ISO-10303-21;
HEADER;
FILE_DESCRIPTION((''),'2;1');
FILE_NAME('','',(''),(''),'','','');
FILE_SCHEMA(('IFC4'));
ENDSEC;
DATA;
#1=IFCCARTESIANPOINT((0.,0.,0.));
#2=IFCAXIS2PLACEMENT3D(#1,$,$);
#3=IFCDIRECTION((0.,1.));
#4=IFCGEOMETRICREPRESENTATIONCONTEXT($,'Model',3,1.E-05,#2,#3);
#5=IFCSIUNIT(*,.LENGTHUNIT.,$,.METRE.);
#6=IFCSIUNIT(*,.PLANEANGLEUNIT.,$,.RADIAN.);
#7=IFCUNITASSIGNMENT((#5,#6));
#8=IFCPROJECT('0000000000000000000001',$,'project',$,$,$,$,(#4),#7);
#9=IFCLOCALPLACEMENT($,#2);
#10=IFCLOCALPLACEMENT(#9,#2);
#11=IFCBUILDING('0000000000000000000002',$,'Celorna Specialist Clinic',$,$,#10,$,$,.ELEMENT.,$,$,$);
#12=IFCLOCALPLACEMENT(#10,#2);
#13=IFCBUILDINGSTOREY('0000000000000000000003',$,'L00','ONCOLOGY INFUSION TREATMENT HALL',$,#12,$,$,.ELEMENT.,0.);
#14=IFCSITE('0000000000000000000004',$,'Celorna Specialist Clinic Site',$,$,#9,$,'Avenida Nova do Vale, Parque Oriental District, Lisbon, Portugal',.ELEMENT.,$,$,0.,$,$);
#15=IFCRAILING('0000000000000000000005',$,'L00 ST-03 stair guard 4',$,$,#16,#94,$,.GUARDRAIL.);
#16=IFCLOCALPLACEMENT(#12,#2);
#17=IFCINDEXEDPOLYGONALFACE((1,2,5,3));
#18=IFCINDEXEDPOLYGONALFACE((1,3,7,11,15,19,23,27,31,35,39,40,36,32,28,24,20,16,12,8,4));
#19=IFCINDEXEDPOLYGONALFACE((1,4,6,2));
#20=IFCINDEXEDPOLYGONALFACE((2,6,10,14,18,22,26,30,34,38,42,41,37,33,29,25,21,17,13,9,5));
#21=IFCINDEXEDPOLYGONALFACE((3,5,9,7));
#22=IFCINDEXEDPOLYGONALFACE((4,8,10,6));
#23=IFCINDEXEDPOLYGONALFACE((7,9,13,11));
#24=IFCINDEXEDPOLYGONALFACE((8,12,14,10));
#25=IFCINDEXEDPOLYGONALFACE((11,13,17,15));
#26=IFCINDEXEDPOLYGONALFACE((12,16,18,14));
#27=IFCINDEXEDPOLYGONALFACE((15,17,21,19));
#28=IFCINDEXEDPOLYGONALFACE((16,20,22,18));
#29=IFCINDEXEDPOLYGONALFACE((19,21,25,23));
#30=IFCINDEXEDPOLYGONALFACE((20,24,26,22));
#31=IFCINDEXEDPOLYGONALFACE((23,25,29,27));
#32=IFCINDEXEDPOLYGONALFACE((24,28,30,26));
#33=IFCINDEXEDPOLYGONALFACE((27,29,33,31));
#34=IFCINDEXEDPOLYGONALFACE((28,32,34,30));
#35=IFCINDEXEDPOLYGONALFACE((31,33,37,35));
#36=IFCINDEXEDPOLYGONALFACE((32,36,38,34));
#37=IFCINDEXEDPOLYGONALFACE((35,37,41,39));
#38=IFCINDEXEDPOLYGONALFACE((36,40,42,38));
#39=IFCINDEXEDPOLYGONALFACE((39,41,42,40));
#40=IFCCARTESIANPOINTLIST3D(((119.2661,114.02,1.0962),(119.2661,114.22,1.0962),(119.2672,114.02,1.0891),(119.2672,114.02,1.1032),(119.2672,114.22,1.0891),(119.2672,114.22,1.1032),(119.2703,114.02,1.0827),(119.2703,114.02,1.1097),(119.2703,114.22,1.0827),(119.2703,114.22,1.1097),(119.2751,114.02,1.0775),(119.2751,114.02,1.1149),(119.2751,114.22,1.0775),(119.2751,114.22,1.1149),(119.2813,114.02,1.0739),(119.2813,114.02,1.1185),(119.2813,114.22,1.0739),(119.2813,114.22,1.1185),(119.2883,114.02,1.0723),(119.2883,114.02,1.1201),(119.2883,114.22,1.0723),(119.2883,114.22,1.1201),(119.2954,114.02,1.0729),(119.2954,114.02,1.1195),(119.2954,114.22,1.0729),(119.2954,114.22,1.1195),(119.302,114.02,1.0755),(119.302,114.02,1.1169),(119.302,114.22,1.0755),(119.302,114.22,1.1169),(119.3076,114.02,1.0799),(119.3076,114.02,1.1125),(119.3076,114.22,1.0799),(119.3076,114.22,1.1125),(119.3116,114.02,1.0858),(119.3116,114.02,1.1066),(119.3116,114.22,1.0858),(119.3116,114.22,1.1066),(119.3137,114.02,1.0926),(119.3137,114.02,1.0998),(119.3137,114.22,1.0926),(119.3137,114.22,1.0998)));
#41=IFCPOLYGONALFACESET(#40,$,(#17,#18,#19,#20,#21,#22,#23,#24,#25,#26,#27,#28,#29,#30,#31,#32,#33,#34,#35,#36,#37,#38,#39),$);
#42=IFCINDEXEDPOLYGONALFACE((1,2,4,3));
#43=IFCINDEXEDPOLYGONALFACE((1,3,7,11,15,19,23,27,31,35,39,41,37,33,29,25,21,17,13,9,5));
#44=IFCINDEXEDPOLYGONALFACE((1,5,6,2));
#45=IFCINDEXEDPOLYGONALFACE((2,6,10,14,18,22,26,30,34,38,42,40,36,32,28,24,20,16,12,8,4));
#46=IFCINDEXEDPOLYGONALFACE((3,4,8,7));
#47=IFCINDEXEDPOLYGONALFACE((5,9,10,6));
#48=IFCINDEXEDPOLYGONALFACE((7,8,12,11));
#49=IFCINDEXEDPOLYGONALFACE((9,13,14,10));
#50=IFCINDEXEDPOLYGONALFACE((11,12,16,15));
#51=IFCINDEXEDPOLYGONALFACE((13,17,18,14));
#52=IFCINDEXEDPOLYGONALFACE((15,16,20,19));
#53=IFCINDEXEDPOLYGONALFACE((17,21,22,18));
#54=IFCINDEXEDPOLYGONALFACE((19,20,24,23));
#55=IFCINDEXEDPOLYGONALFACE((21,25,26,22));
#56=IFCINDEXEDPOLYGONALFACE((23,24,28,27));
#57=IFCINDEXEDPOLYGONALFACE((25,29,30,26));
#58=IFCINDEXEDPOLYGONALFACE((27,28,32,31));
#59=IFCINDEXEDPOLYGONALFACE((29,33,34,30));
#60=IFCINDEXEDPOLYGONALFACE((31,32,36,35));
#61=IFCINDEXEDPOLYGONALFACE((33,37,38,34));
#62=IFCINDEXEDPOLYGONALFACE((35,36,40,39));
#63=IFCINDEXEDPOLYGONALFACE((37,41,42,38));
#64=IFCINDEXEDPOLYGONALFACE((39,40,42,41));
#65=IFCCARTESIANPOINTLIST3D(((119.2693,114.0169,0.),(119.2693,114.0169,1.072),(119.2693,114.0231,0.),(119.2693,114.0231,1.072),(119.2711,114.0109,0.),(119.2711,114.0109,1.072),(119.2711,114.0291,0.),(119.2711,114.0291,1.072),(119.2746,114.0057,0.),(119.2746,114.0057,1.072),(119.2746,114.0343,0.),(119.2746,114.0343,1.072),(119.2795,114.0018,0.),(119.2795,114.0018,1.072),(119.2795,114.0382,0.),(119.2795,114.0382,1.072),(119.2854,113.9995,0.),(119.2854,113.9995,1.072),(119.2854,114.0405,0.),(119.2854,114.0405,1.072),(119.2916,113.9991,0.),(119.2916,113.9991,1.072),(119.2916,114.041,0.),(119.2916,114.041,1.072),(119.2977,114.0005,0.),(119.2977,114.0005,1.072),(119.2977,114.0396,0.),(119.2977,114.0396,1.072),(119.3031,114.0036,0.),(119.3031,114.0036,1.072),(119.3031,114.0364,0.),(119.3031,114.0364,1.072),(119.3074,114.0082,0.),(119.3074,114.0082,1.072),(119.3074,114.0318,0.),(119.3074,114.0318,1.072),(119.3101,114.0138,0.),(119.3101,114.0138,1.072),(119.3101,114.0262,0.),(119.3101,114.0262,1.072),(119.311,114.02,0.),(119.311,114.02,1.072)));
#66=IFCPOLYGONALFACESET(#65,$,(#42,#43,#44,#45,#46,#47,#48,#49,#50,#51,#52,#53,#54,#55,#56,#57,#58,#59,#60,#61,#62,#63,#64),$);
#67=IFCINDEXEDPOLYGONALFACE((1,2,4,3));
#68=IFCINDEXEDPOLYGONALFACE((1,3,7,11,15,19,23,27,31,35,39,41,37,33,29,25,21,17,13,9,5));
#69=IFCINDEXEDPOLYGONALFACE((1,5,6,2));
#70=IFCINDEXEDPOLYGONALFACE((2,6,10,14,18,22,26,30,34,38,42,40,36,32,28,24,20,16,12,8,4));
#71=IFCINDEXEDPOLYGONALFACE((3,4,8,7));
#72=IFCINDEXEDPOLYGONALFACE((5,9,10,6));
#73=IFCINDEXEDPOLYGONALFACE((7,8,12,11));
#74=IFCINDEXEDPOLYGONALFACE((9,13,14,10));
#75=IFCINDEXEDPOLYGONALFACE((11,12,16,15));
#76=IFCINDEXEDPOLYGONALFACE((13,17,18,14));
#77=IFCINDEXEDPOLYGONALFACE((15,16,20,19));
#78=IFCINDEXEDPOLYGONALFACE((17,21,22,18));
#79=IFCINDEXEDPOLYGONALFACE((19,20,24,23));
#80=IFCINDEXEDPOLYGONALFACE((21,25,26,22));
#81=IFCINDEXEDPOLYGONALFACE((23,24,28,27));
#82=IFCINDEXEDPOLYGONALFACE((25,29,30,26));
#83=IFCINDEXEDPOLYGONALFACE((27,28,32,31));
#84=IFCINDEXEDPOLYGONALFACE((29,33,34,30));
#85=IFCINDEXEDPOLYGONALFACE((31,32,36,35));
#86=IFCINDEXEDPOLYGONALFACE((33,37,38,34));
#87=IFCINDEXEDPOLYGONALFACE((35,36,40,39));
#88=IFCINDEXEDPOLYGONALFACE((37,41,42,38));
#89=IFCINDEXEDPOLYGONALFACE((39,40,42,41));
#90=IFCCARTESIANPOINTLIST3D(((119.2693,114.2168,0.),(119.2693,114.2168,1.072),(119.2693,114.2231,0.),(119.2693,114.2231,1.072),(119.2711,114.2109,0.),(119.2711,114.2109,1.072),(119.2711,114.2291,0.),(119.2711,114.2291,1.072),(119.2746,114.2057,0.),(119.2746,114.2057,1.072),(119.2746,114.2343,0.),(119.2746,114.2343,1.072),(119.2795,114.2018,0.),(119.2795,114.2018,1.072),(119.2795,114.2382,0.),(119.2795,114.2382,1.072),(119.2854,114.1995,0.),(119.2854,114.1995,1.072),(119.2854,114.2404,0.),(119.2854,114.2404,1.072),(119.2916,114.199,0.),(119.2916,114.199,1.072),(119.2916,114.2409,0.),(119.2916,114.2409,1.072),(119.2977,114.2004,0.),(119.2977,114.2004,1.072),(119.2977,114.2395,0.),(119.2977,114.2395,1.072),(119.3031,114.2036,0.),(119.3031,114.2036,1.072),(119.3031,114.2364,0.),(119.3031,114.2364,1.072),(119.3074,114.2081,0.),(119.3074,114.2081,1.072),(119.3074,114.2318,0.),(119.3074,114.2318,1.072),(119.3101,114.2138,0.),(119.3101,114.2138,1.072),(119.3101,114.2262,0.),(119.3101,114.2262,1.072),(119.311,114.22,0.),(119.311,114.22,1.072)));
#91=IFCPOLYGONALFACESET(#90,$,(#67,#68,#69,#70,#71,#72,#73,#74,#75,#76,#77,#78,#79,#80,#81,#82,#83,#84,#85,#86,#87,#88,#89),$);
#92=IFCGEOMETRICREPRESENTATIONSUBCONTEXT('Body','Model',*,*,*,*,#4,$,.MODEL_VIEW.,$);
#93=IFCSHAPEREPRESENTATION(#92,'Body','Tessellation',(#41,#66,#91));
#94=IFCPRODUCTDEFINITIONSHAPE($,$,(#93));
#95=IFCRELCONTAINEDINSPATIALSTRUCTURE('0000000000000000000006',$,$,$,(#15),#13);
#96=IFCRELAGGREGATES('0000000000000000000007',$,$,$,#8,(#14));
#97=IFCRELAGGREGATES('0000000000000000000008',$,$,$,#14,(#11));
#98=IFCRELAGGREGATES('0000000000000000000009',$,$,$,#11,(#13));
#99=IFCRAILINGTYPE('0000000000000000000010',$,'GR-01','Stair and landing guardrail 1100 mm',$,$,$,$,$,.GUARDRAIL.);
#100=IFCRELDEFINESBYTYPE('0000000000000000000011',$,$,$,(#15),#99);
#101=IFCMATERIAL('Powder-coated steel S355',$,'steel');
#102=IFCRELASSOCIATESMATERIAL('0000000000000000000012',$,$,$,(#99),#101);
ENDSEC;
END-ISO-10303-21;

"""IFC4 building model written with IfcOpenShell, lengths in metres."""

from ifc_helpers import new_model, si_unit, direction, frame, origin, origin_2d, place, context, subcontext, project, spatial, circle, extrude, material, type_object, element, save


model = new_model("IFC4")

# Units and contexts
model_context = context("Model", 3, precision=1e-05, world=origin(), true_north=direction((0.0, 1.0)))
body_context = subcontext(model_context, "Body", "Model", "MODEL_VIEW")
ifc_project = project(units=[si_unit("LENGTHUNIT", "METRE"), si_unit("PLANEANGLEUNIT", "RADIAN")], contexts=[model_context])

# Site, building, storey
site_placement = place(None, origin())
site = spatial("IfcSite", under=ifc_project, at=site_placement, Name="Celorna Specialist Clinic Site", LongName="Avenida Nova do Vale, Parque Oriental District, Lisbon, Portugal", CompositionType="ELEMENT", RefElevation=0.0)
building_placement = place(site_placement, origin())
building = spatial("IfcBuilding", under=site, at=building_placement, Name="Celorna Specialist Clinic", CompositionType="ELEMENT")
storey_placement = place(building_placement, origin())
storey = spatial("IfcBuildingStorey", under=building, at=storey_placement, Name="L00", Description="ONCOLOGY INFUSION TREATMENT HALL", CompositionType="ELEMENT", Elevation=0.0)

# Railing
ifc_material_1 = material(Name="Powder-coated steel S355", Category="steel")
railing_type_1 = type_object("IfcRailingType", Name="GR-01", Description="Stair and landing guardrail 1100 mm", PredefinedType="GUARDRAIL", material=ifc_material_1)
railing_1_placement = place(storey_placement, frame((119.29, 114.02, 0.0)))
element("IfcRailing", 1, at=railing_1_placement, inside=storey, type_object=railing_type_1, Name="L00 ST-03 stair guard 4", PredefinedType="GUARDRAIL", context=body_context, shape_type="SweptSolid", body=[
    extrude(circle(Radius=0.0239, at=origin_2d()), frame((0.0, 0.0, 1.0962), z_axis=(0.0, 1.0, 0.0), x_axis=(-1.0, 0.0, 0.0)), (0.0, 0.0, 1.0), 0.2),
    extrude(circle(Radius=0.021, at=origin_2d()), origin(), (0.0, 0.0, 1.0), 1.072),
    extrude(circle(Radius=0.021, at=origin_2d()), frame((0.0, 0.2, 0.0)), (0.0, 0.0, 1.0), 1.072),
])

save(model, "model.ifc")
